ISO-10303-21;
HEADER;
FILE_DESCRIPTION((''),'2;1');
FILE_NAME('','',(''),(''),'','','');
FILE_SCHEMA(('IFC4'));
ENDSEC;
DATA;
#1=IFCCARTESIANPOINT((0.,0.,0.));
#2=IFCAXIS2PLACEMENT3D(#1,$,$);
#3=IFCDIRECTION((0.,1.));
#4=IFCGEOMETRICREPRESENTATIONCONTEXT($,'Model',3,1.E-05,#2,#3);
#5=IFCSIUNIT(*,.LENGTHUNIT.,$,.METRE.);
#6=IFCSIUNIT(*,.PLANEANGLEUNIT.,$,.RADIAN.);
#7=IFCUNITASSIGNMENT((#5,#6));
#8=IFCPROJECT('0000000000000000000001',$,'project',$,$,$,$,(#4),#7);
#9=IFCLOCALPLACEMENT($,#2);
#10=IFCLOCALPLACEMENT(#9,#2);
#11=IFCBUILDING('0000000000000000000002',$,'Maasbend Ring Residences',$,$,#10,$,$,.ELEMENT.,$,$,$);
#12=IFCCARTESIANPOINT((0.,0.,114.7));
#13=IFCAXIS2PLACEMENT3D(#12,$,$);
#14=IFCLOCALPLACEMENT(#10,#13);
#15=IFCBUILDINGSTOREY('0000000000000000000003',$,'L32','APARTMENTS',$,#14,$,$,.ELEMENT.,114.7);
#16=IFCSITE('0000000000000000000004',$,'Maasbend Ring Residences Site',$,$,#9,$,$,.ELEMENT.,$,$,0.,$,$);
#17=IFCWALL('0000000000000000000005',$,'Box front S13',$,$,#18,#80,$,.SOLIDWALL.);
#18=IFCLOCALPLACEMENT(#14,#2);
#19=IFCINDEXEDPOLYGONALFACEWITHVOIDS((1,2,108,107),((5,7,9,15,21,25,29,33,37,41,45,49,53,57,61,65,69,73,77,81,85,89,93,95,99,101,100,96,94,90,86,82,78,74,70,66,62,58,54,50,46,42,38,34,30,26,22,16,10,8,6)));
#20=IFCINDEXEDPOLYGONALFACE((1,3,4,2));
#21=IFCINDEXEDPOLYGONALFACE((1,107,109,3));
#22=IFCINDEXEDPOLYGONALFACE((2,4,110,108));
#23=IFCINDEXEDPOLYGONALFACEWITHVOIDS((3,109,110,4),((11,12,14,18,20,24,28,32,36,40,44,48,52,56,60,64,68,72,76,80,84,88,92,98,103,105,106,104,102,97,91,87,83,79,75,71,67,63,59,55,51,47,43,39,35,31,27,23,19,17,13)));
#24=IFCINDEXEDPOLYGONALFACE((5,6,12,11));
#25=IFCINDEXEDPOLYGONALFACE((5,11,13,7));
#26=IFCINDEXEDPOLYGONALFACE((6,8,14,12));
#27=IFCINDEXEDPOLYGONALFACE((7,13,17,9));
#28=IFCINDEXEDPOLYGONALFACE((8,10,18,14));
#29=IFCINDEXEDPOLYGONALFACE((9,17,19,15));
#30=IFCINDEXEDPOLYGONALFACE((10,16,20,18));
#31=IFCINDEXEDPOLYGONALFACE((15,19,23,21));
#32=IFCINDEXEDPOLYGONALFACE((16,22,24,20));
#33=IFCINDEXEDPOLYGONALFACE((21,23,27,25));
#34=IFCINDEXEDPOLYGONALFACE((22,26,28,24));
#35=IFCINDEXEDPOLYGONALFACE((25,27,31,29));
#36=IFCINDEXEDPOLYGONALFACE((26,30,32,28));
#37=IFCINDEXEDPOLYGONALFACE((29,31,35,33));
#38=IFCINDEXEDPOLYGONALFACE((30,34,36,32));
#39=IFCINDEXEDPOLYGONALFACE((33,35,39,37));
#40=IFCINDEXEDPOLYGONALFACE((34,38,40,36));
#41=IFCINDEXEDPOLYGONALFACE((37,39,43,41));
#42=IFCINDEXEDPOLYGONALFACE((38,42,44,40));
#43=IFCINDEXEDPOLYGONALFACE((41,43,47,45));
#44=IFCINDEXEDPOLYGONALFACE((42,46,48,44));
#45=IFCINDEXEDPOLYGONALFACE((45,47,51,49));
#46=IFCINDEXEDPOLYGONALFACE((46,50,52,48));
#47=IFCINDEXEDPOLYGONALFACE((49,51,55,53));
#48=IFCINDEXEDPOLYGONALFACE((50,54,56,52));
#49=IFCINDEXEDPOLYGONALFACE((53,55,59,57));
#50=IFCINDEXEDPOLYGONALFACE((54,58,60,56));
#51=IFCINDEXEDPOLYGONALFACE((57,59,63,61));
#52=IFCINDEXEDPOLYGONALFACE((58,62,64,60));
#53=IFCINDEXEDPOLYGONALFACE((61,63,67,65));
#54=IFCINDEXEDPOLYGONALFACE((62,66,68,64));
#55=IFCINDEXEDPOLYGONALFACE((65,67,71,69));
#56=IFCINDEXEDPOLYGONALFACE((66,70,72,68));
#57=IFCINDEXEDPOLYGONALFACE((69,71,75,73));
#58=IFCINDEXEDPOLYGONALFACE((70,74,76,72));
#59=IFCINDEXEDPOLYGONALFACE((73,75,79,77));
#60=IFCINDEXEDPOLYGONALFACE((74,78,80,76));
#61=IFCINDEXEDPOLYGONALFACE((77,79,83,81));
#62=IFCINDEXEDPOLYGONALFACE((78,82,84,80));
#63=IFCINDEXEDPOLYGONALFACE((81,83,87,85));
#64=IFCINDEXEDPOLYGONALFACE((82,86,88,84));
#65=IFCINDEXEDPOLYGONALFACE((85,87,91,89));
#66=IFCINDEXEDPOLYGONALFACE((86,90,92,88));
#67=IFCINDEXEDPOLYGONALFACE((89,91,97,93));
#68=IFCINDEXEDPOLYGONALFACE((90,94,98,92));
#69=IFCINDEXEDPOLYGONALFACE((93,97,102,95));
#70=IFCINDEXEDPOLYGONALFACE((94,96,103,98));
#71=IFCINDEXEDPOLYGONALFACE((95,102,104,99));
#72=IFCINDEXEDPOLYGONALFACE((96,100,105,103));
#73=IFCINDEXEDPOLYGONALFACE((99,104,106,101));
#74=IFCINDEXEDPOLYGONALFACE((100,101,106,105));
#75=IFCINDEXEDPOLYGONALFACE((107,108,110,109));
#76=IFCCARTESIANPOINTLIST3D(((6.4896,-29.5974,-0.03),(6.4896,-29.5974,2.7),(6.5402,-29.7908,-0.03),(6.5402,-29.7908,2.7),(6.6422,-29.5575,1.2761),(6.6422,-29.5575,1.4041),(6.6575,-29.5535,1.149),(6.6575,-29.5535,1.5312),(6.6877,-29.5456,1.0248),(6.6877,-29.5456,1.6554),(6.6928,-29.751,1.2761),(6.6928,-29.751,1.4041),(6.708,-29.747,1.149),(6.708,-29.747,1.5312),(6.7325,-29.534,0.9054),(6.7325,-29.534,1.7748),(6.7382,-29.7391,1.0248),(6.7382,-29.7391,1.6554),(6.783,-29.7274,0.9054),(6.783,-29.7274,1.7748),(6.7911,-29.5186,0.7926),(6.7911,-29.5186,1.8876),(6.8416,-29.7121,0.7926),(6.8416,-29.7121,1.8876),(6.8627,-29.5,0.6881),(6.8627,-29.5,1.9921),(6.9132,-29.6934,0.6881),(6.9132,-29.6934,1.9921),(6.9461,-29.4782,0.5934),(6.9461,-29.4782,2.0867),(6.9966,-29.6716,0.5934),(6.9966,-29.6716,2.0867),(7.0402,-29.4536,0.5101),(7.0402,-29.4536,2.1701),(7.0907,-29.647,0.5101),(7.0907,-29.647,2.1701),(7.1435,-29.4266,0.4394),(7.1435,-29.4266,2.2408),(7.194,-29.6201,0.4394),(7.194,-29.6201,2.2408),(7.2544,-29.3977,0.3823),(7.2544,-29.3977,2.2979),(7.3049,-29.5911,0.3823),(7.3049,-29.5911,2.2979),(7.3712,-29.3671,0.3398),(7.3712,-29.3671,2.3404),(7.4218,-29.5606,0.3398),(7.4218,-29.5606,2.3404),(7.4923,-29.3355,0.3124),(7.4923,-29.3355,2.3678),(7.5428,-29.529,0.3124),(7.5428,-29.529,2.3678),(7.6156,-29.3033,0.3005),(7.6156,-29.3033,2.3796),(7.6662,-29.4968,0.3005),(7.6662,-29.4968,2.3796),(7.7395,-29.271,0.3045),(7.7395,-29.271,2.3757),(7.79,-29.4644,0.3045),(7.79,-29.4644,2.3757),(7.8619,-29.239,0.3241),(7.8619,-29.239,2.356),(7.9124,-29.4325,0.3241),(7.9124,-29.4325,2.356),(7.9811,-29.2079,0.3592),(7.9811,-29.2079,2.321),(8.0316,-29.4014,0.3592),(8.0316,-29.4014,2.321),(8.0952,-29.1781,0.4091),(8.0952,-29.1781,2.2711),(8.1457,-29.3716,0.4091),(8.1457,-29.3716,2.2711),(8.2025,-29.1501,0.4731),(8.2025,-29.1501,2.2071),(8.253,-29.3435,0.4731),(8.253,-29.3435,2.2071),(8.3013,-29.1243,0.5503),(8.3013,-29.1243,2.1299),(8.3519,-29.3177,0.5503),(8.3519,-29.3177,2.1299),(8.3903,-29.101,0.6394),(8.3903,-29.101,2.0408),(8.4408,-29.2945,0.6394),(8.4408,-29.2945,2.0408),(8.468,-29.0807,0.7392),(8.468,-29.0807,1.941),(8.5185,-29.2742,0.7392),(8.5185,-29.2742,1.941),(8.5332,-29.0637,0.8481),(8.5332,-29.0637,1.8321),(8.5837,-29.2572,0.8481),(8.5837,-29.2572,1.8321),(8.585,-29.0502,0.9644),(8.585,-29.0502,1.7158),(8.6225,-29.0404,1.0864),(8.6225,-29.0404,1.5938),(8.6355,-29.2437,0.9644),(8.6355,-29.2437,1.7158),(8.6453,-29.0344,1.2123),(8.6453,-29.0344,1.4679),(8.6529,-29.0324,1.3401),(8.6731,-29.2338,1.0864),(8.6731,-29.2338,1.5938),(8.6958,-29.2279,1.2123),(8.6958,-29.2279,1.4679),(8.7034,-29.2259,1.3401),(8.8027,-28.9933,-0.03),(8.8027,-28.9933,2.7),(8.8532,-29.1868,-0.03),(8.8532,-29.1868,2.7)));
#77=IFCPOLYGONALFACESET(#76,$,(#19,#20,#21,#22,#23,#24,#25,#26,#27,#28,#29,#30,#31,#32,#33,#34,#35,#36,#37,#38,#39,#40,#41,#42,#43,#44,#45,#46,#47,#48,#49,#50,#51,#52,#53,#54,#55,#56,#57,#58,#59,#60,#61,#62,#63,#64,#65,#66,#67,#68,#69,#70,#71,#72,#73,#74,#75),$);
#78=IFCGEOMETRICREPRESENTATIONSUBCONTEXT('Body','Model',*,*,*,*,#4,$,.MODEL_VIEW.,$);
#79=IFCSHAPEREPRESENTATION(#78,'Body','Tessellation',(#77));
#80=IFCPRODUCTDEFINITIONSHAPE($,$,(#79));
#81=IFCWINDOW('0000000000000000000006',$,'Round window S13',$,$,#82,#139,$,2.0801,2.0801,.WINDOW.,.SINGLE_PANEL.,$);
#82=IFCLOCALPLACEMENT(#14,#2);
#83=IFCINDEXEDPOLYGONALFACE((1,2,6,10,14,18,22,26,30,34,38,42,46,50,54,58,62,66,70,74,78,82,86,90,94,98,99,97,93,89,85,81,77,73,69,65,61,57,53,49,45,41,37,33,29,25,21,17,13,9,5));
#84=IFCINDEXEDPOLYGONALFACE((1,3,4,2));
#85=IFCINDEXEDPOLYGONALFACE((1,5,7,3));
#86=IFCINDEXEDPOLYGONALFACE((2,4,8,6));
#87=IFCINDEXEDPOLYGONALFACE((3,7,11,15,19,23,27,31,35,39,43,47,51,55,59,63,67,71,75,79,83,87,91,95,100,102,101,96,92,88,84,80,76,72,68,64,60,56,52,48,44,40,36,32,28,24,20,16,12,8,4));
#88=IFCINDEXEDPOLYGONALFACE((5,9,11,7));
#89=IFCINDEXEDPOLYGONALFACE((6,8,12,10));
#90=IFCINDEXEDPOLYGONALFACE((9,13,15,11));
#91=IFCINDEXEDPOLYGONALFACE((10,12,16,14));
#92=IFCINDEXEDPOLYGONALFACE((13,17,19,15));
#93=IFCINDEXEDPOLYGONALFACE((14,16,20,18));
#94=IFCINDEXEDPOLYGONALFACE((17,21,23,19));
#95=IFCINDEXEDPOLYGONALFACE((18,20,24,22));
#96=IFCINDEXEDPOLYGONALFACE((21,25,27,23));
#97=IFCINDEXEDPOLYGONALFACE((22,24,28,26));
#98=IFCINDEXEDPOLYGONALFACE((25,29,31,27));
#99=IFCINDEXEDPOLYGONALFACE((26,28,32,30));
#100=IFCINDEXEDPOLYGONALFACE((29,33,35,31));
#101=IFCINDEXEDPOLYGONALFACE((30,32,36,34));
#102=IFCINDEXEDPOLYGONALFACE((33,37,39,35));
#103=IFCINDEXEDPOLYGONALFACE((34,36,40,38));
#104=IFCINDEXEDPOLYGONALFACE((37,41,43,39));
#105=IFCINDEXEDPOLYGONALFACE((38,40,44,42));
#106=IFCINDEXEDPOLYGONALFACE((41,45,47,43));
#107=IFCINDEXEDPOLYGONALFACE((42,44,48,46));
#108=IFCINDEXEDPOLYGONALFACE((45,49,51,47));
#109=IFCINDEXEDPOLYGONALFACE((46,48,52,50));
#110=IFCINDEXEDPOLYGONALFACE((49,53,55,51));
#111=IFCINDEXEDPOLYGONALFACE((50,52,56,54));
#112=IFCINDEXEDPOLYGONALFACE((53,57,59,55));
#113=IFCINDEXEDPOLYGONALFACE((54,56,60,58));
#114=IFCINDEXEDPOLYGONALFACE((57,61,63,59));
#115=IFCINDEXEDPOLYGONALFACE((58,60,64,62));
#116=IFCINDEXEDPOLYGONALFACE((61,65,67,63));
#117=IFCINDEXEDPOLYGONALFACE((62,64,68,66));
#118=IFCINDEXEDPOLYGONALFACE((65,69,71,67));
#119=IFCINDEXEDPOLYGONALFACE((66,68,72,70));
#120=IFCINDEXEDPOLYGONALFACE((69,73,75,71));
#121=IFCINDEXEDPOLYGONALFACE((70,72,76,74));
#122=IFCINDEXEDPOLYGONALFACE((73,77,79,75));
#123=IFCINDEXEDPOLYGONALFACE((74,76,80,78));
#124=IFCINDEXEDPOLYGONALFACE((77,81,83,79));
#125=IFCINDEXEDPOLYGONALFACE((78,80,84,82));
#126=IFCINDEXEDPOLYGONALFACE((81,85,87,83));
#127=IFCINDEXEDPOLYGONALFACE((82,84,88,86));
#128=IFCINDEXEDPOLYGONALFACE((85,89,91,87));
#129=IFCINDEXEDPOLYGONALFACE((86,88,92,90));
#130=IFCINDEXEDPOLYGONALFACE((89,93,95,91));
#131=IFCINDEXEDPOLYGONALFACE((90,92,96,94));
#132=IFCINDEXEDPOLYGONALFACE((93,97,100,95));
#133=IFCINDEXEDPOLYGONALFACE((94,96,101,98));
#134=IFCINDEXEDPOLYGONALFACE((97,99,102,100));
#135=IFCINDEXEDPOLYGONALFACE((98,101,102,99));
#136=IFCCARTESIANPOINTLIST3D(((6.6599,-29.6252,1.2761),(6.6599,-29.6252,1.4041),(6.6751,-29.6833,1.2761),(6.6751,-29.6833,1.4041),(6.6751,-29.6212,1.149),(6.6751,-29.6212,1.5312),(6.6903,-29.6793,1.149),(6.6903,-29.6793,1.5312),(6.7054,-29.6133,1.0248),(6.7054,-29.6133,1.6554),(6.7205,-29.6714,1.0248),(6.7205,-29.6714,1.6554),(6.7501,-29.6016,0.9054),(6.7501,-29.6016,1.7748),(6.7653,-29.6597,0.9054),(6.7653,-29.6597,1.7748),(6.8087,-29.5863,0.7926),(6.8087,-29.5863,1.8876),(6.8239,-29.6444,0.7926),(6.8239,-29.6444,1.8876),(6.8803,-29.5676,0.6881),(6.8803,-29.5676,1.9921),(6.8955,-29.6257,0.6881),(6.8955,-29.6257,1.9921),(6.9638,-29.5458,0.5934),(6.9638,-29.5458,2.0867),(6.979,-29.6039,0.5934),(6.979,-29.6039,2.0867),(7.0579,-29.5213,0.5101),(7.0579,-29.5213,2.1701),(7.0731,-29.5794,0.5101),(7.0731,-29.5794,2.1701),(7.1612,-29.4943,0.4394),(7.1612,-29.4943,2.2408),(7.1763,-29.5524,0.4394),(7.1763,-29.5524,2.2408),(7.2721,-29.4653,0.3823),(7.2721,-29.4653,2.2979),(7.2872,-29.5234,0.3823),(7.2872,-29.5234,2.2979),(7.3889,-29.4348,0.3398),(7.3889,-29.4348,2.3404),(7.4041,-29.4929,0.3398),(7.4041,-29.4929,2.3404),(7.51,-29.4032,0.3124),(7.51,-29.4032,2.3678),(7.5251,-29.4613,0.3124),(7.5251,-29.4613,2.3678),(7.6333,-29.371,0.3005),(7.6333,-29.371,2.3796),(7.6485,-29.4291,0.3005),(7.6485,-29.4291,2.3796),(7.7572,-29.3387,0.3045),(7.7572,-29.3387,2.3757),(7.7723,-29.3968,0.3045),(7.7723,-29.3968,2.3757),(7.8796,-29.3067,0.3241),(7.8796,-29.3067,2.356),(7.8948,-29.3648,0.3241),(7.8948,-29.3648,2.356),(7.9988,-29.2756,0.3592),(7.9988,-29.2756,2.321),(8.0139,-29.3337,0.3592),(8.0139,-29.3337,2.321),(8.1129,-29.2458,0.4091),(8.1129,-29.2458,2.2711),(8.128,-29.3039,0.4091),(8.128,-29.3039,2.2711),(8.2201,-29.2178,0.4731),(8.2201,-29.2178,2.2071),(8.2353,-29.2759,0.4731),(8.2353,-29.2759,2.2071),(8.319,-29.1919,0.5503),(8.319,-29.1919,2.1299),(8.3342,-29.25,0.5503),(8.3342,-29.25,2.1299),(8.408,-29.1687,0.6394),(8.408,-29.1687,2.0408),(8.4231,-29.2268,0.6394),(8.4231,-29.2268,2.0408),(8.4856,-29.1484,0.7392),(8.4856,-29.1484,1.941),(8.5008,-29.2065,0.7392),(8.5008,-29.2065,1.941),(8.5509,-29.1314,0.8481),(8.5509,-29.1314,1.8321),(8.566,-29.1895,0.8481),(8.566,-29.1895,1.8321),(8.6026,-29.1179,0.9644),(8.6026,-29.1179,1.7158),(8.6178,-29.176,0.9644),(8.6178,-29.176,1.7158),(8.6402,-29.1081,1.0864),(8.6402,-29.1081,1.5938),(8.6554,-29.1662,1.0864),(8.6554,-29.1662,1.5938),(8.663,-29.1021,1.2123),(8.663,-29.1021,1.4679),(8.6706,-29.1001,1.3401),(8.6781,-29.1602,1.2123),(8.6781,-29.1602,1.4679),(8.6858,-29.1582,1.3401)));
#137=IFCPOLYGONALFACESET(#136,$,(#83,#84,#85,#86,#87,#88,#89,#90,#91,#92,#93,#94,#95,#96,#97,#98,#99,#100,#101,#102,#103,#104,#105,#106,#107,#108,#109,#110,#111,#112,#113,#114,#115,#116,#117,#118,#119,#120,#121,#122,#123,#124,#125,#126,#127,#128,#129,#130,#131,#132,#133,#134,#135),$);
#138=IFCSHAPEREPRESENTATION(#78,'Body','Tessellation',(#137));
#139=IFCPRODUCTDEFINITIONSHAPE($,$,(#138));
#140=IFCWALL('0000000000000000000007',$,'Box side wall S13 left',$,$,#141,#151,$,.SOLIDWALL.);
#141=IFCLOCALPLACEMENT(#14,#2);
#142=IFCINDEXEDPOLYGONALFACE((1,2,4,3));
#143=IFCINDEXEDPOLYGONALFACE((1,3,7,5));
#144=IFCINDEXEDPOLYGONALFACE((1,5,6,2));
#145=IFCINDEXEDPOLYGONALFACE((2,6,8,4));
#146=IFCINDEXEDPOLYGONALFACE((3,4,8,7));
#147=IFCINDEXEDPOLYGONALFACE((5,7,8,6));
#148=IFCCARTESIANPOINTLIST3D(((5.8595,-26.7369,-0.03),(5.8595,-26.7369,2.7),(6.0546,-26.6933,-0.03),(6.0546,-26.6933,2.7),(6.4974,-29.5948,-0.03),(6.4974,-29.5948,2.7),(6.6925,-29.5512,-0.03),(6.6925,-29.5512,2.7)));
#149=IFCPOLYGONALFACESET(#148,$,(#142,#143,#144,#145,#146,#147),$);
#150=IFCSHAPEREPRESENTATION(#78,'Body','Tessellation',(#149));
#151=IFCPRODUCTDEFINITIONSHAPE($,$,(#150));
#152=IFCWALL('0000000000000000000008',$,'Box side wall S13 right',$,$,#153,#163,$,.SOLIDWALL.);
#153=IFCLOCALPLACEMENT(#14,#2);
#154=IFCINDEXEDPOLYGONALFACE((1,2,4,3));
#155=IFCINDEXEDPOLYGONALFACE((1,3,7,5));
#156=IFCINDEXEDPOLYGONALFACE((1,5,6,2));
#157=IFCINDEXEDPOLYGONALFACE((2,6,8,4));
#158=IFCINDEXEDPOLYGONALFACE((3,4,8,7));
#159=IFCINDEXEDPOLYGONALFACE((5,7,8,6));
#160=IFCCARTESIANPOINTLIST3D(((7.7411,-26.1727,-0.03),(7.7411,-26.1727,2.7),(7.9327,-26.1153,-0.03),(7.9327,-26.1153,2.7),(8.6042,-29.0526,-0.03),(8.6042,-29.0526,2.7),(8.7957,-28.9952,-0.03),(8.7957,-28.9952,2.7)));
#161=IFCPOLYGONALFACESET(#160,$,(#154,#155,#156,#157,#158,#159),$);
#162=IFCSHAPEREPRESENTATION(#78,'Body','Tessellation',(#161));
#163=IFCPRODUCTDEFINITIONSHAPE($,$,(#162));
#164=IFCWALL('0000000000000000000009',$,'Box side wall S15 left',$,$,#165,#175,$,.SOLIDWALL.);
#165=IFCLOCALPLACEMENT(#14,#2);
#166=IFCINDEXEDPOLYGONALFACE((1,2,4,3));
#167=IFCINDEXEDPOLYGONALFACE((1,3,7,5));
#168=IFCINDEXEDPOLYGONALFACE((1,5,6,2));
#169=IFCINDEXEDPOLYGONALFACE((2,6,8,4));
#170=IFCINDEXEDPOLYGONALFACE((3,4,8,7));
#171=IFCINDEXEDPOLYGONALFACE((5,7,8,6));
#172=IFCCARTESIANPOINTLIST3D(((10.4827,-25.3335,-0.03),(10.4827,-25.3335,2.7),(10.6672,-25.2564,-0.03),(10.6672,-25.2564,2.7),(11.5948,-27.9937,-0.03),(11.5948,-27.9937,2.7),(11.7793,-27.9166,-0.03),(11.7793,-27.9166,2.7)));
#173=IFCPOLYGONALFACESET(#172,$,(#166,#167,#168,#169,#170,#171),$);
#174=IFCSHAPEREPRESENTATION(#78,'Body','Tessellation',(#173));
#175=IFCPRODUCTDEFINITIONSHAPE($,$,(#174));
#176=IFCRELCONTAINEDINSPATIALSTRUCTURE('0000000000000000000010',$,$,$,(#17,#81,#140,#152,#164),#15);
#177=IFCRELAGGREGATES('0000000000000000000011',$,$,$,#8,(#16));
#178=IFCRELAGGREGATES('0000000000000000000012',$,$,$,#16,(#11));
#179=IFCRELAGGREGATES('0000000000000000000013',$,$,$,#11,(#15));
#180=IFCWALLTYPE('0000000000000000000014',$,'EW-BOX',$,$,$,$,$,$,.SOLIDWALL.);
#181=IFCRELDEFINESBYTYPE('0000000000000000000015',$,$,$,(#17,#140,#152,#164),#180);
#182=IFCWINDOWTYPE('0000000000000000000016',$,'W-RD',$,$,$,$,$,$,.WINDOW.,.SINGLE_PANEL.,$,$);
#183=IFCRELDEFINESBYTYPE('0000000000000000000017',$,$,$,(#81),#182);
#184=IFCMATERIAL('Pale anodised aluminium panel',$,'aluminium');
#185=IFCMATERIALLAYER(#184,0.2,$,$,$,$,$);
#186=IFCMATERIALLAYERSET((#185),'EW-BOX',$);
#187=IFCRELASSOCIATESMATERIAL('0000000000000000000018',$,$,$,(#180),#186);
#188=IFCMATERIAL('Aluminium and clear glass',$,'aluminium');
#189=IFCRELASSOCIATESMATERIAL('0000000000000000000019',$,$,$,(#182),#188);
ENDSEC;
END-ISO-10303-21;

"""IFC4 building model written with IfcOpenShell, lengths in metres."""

from ifc_helpers import new_model, si_unit, direction, frame, frame_2d, origin, place, context, subcontext, project, spatial, rectangle, circle, extrude, material, layer, layer_set, type_object, element, fill, save


model = new_model("IFC4")

# Units and contexts
model_context = context("Model", 3, precision=1e-05, world=origin(), true_north=direction((0.0, 1.0)))
body_context = subcontext(model_context, "Body", "Model", "MODEL_VIEW")
ifc_project = project(units=[si_unit("LENGTHUNIT", "METRE"), si_unit("PLANEANGLEUNIT", "RADIAN")], contexts=[model_context])

# Site, building, storey
site_placement = place(None, origin())
site = spatial("IfcSite", under=ifc_project, at=site_placement, Name="Maasbend Ring Residences Site", CompositionType="ELEMENT", RefElevation=0.0)
building_placement = place(site_placement, origin())
building = spatial("IfcBuilding", under=site, at=building_placement, Name="Maasbend Ring Residences", CompositionType="ELEMENT")
storey_placement = place(building_placement, frame((0.0, 0.0, 114.7)))
storey = spatial("IfcBuildingStorey", under=building, at=storey_placement, Name="L32", Description="APARTMENTS", CompositionType="ELEMENT", Elevation=114.7)

# Shared definitions
ifc_material_1 = material(Name="Pale anodised aluminium panel", Category="aluminium")
ifc_layer_1 = layer(ifc_material_1, 0.2)
ifc_layer_set_1 = layer_set([ifc_layer_1], Name="EW-BOX")
wall_type_1 = type_object("IfcWallType", Name="EW-BOX", PredefinedType="SOLIDWALL", material=ifc_layer_set_1)

# Wall, opening, window
wall_1_placement = place(storey_placement, frame((6.5149, -29.6941, -0.03), z_axis=(0.0, 0.0, 1.0), x_axis=(0.967554, 0.252663, 0.0)))
wall_1 = element("IfcWall", 1, at=wall_1_placement, inside=storey, type_object=wall_type_1, Name="Box front S13", PredefinedType="SOLIDWALL", context=body_context, shape_type="SweptSolid", body=[
    extrude(rectangle(XDim=2.3906, YDim=0.2, at=frame_2d((1.1953, 0.0))), origin(), (0.0, 0.0, 1.0), 2.73),
])
opening_1_placement = place(wall_1_placement, frame((0.1558, 0.0, 0.3301)))
opening_1 = element("IfcOpeningElement", 2, at=opening_1_placement, cuts=wall_1, PredefinedType="OPENING", context=body_context, shape_type="SweptSolid", body=[
    extrude(circle(Radius=1.04, at=frame_2d((1.04, 1.04))), frame((0.0, 0.1099, 0.0), z_axis=(0.0, -1.0, 0.0), x_axis=(1.0, 0.0, 0.0)), (0.0, 0.0, 1.0), 0.22),
])
ifc_material_2 = material(Name="Aluminium and clear glass", Category="aluminium")
window_type_1 = type_object("IfcWindowType", Name="W-RD", PartitioningType="SINGLE_PANEL", PredefinedType="WINDOW", material=ifc_material_2)
window_1_placement = place(opening_1_placement, origin())
window_1 = element("IfcWindow", 3, at=window_1_placement, inside=storey, type_object=window_type_1, Name="Round window S13", OverallHeight=2.0801, OverallWidth=2.0801, PartitioningType="SINGLE_PANEL", PredefinedType="WINDOW", context=body_context, shape_type="SweptSolid", body=[
    extrude(circle(Radius=1.04, at=frame_2d((1.04, 1.04))), frame((0.0, 0.03, 0.0), z_axis=(0.0, -1.0, 0.0), x_axis=(1.0, 0.0, 0.0)), (0.0, 0.0, 1.0), 0.0601),
])
fill(opening_1, window_1)

# Walls
wall_2_placement = place(storey_placement, frame((5.957, -26.7151, -0.03), z_axis=(0.0, 0.0, 1.0), x_axis=(0.217857, -0.975981, 0.0)))
element("IfcWall", 4, at=wall_2_placement, inside=storey, type_object=wall_type_1, Name="Box side wall S13 left", PredefinedType="SOLIDWALL", context=body_context, shape_type="SweptSolid", body=[
    extrude(rectangle(XDim=2.9282, YDim=0.2, at=frame_2d((1.4641, 0.0))), origin(), (0.0, 0.0, 1.0), 2.73),
])
wall_3_placement = place(storey_placement, frame((7.8369, -26.144, -0.03), z_axis=(0.0, 0.0, 1.0), x_axis=(0.287065, -0.957911, 0.0)))
element("IfcWall", 5, at=wall_3_placement, inside=storey, type_object=wall_type_1, Name="Box side wall S13 right", PredefinedType="SOLIDWALL", context=body_context, shape_type="SweptSolid", body=[
    extrude(rectangle(XDim=3.0063, YDim=0.2, at=frame_2d((1.5032, 0.0))), origin(), (0.0, 0.0, 1.0), 2.73),
])
wall_4_placement = place(storey_placement, frame((10.575, -25.2949, -0.03), z_axis=(0.0, 0.0, 1.0), x_axis=(0.385697, -0.922625, 0.0)))
element("IfcWall", 6, at=wall_4_placement, inside=storey, type_object=wall_type_1, Name="Box side wall S15 left", PredefinedType="SOLIDWALL", context=body_context, shape_type="SweptSolid", body=[
    extrude(rectangle(XDim=2.8833, YDim=0.2, at=frame_2d((1.4417, 0.0))), origin(), (0.0, 0.0, 1.0), 2.73),
])

save(model, "model.ifc")
